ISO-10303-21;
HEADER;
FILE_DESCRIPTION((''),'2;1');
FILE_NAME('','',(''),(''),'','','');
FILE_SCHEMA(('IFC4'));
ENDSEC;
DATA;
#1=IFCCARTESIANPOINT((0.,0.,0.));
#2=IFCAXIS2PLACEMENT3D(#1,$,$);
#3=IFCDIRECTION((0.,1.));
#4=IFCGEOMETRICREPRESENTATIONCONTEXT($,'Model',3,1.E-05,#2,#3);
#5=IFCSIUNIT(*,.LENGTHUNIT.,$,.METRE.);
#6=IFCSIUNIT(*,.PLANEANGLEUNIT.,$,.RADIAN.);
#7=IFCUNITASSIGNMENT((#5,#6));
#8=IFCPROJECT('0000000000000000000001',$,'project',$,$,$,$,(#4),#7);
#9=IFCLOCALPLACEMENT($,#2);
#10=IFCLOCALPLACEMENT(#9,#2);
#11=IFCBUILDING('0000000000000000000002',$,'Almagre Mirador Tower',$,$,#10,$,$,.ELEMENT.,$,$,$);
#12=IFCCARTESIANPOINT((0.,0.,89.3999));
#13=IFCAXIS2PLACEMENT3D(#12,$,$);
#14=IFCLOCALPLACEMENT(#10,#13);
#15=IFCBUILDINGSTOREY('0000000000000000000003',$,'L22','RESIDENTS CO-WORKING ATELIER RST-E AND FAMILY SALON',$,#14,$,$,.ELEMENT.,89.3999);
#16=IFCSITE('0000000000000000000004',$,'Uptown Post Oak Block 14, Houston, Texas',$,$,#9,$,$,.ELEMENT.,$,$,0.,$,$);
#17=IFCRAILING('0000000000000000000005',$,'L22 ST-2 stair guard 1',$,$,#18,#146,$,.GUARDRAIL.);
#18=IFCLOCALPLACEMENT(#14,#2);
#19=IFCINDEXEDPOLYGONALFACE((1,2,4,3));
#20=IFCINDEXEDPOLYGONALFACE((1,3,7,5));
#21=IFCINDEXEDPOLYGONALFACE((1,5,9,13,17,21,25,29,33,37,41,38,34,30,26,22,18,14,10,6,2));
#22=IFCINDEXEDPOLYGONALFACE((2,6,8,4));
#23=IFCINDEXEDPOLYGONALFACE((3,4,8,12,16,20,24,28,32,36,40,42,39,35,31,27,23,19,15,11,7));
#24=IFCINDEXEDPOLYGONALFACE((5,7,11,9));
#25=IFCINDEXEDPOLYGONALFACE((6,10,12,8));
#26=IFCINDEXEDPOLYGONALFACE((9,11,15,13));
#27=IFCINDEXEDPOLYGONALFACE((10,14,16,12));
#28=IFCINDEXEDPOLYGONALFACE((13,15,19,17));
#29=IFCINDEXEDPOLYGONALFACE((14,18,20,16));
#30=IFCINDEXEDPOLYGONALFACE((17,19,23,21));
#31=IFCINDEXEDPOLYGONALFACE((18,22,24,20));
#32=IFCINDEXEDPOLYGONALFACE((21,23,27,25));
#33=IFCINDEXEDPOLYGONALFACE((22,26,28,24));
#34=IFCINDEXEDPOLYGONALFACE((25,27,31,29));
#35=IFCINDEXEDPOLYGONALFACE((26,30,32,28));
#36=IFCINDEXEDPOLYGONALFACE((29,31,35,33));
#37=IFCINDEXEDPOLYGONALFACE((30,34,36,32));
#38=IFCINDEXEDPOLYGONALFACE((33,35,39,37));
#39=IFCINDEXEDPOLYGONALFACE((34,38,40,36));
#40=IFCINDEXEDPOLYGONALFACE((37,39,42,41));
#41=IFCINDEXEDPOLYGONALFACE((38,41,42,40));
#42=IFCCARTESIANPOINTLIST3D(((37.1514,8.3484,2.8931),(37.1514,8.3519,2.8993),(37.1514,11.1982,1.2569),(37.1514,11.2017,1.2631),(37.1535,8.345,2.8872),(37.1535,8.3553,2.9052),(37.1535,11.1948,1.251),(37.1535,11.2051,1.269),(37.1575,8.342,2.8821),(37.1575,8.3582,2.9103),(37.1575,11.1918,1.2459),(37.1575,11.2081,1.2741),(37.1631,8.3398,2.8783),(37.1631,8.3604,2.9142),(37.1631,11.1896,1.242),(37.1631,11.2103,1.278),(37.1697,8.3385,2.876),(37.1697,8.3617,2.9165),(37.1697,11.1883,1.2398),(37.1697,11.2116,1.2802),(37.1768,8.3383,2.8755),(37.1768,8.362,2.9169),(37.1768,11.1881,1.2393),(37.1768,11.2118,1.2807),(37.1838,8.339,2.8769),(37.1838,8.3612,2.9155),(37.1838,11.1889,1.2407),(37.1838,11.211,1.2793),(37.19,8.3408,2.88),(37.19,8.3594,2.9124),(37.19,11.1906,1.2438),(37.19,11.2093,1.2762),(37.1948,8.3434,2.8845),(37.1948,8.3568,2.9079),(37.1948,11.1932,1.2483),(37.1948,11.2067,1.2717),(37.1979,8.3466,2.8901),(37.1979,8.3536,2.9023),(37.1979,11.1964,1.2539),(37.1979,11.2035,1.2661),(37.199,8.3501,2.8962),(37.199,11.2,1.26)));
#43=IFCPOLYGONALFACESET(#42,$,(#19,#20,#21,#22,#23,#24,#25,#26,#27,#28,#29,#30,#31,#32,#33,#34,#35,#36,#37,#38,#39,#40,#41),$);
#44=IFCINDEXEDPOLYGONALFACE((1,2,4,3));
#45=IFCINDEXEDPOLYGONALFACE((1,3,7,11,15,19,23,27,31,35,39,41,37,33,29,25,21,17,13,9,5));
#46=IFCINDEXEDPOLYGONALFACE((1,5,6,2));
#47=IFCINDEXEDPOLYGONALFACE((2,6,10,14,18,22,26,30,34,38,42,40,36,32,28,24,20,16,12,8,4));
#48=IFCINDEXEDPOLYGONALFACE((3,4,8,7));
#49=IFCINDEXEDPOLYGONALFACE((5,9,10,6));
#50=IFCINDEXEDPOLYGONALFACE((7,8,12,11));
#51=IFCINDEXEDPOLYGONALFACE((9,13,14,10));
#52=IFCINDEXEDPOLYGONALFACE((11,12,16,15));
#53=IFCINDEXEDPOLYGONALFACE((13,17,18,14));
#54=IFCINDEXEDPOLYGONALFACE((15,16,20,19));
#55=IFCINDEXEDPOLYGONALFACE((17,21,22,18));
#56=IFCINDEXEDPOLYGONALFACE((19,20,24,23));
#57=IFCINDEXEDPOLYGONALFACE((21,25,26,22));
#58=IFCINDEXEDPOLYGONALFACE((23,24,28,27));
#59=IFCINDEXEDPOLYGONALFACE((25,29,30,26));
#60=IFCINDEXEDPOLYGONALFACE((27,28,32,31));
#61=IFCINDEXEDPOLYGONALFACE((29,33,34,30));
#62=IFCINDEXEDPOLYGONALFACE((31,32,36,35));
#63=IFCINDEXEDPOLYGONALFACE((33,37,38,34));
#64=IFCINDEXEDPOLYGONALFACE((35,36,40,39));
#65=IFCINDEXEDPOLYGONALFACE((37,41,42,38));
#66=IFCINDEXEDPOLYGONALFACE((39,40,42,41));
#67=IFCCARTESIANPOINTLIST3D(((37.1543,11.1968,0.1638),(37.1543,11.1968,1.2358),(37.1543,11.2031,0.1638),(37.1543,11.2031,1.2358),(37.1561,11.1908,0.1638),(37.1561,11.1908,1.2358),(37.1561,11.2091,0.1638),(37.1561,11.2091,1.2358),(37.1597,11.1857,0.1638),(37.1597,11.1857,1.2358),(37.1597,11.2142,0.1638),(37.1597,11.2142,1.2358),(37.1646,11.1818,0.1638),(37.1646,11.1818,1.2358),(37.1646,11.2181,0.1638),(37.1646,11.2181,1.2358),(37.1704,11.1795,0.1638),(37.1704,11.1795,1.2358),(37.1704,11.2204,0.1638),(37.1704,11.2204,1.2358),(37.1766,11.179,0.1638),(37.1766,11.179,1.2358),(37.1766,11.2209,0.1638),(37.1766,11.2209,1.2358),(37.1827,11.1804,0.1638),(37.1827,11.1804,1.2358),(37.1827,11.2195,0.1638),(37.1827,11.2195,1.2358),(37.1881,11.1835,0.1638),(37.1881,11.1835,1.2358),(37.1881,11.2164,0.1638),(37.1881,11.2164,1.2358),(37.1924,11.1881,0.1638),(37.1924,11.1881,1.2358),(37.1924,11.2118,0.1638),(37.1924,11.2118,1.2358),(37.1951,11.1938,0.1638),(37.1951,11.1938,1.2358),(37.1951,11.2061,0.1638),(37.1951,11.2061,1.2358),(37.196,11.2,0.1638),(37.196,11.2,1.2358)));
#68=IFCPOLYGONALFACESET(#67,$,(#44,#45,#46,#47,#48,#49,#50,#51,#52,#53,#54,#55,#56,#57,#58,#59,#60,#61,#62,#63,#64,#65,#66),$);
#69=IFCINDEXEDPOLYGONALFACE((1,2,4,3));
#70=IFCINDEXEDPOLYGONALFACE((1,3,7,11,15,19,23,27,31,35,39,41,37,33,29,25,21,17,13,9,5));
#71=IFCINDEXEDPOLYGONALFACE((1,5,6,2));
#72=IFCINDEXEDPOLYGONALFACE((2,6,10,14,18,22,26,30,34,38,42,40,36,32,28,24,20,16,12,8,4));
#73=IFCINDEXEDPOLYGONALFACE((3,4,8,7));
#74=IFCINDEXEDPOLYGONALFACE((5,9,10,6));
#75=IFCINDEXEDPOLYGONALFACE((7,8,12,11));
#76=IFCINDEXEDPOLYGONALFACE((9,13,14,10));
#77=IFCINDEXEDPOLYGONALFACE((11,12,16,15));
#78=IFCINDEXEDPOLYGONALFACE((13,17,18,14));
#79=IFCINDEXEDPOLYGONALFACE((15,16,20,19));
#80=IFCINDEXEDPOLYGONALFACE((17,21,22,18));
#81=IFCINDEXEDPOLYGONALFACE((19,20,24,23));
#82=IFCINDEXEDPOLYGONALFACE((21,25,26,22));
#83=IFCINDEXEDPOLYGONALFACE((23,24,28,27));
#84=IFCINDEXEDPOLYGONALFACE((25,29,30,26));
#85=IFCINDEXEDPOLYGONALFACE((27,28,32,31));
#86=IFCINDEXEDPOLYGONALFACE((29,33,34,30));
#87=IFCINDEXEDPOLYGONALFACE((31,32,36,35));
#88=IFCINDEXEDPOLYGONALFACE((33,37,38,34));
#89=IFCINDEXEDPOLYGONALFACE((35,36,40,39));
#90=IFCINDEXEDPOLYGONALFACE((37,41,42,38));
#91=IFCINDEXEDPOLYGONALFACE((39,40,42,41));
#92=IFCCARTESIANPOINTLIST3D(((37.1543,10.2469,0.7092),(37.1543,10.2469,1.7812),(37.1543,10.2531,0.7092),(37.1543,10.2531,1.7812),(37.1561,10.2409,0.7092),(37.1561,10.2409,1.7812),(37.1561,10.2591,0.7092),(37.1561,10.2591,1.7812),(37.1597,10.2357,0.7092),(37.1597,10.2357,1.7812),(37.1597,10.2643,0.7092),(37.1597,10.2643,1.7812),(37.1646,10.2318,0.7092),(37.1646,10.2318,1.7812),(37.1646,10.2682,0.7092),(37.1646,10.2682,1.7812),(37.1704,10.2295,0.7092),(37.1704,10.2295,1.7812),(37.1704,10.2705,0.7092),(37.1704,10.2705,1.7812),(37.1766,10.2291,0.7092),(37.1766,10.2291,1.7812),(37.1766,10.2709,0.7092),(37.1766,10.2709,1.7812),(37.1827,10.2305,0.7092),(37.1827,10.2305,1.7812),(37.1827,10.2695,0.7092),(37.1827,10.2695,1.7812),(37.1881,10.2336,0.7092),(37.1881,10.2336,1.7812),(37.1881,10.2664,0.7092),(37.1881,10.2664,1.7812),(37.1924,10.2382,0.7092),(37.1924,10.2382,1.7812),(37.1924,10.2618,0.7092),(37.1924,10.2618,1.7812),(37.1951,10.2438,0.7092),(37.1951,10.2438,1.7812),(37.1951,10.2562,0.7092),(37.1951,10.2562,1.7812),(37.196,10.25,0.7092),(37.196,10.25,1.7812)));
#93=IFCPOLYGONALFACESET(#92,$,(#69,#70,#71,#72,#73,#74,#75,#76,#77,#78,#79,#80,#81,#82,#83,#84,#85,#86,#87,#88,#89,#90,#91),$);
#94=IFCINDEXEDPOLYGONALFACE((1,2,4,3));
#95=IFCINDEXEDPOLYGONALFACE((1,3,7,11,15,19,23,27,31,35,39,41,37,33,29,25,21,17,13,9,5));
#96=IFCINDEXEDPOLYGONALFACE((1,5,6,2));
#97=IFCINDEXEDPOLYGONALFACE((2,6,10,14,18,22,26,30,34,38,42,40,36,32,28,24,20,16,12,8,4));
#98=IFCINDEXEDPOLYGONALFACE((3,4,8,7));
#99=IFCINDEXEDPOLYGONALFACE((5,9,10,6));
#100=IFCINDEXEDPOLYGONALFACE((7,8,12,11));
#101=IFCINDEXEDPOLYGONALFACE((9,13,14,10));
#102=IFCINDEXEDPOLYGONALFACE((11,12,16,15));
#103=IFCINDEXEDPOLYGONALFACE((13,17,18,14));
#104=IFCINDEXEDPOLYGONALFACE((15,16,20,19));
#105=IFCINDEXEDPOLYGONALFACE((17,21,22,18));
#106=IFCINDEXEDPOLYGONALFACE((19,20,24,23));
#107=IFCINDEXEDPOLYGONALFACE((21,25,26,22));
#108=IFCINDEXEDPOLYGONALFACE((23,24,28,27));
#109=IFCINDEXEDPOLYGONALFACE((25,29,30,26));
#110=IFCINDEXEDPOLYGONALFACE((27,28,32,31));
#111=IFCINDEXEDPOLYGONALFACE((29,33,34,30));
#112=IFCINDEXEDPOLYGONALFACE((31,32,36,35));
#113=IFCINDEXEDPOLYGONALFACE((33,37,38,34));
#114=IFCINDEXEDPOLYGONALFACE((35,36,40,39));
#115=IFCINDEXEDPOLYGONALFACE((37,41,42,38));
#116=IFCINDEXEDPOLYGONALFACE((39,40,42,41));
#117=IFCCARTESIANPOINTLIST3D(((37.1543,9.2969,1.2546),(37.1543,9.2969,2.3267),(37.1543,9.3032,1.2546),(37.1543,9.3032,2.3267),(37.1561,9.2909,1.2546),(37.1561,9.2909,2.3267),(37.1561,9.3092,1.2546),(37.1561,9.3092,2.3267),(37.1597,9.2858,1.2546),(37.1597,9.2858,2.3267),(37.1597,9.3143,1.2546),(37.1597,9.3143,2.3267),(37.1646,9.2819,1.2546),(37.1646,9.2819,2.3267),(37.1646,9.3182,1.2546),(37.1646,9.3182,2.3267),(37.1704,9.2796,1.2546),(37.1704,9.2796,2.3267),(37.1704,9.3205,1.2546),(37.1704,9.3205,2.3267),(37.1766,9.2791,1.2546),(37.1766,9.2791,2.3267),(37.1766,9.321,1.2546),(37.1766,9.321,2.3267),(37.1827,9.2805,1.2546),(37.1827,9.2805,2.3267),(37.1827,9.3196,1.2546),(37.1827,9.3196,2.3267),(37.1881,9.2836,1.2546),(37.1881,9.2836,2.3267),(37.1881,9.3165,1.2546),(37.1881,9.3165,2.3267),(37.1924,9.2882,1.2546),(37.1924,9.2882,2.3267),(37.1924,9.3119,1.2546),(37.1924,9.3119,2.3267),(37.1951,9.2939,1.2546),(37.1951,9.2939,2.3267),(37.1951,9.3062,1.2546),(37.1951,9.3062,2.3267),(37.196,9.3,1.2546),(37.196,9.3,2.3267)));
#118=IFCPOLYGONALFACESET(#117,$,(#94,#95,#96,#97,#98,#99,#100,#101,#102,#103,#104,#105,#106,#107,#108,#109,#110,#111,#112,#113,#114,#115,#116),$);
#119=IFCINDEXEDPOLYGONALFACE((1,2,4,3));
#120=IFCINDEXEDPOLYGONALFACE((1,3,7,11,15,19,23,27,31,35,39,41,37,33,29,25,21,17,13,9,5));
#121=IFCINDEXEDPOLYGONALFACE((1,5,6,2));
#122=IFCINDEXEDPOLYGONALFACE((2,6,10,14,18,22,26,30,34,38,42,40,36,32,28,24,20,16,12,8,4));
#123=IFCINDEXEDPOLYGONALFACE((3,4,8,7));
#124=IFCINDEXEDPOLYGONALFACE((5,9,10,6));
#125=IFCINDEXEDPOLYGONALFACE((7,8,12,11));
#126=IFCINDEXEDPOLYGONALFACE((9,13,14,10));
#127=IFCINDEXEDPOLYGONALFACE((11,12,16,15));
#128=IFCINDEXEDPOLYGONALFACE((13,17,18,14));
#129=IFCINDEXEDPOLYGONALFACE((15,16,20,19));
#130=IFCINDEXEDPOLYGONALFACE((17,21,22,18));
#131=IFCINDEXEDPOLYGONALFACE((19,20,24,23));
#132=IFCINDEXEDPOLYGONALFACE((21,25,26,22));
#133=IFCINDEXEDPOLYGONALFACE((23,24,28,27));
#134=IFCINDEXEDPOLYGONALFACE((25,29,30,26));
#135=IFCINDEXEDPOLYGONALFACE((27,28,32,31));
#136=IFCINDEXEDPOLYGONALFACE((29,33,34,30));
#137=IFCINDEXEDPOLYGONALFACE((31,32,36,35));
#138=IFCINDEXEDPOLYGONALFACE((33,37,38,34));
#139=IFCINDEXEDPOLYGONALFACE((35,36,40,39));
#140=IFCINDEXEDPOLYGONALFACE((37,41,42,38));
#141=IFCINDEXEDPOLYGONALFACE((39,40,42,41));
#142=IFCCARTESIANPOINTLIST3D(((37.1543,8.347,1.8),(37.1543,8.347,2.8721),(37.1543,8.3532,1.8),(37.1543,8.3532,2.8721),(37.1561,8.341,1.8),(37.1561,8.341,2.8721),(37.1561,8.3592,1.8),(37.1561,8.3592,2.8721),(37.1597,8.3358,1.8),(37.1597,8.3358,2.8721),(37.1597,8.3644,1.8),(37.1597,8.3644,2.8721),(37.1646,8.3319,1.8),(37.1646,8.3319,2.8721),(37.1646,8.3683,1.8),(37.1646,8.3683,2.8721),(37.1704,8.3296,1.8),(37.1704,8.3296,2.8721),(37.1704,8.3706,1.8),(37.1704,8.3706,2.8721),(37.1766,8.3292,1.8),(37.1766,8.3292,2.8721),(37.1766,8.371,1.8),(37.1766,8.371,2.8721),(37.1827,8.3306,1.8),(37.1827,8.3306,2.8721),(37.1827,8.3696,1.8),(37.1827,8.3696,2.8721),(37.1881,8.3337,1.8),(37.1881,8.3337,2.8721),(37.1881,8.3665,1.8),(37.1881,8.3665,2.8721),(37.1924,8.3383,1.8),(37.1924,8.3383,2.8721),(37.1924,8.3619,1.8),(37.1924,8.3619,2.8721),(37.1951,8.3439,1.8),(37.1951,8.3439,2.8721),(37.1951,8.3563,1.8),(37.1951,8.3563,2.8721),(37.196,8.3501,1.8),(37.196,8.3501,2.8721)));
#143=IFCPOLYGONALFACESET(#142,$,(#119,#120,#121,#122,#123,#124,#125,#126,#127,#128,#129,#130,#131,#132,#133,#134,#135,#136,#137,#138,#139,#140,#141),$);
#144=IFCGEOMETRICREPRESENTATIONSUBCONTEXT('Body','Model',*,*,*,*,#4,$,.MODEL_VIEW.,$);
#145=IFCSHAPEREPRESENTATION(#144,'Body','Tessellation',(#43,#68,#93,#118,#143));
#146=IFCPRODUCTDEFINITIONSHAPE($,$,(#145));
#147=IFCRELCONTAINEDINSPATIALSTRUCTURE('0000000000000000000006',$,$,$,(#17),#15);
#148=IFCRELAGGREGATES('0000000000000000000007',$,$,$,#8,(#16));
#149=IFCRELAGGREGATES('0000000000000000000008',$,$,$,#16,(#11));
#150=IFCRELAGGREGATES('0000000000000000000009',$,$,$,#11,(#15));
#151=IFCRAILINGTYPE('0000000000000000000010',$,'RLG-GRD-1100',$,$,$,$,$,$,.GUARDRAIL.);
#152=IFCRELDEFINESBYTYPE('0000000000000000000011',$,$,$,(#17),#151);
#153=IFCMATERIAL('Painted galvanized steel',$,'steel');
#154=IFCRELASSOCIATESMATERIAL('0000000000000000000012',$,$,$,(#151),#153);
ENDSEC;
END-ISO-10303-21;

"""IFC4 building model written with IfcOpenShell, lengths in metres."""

from ifc_helpers import new_model, si_unit, direction, frame, origin, origin_2d, place, context, subcontext, project, spatial, circle, extrude, material, type_object, element, save


model = new_model("IFC4")

# Units and contexts
model_context = context("Model", 3, precision=1e-05, world=origin(), true_north=direction((0.0, 1.0)))
body_context = subcontext(model_context, "Body", "Model", "MODEL_VIEW")
ifc_project = project(units=[si_unit("LENGTHUNIT", "METRE"), si_unit("PLANEANGLEUNIT", "RADIAN")], contexts=[model_context])

# Site, building, storey
site_placement = place(None, origin())
site = spatial("IfcSite", under=ifc_project, at=site_placement, Name="Uptown Post Oak Block 14, Houston, Texas", CompositionType="ELEMENT", RefElevation=0.0)
building_placement = place(site_placement, origin())
building = spatial("IfcBuilding", under=site, at=building_placement, Name="Almagre Mirador Tower", CompositionType="ELEMENT")
storey_placement = place(building_placement, frame((0.0, 0.0, 89.3999)))
storey = spatial("IfcBuildingStorey", under=building, at=storey_placement, Name="L22", Description="RESIDENTS CO-WORKING ATELIER RST-E AND FAMILY SALON", CompositionType="ELEMENT", Elevation=89.3999)

# Railing
ifc_material_1 = material(Name="Painted galvanized steel", Category="steel")
railing_type_1 = type_object("IfcRailingType", Name="RLG-GRD-1100", PredefinedType="GUARDRAIL", material=ifc_material_1)
railing_1_placement = place(storey_placement, frame((37.175, 11.2, 0.1638)))
element("IfcRailing", 1, at=railing_1_placement, inside=storey, type_object=railing_type_1, Name="L22 ST-2 stair guard 1", PredefinedType="GUARDRAIL", context=body_context, shape_type="SweptSolid", body=[
    extrude(circle(Radius=0.0239, at=origin_2d()), frame((0.0, 0.0, 1.0962), z_axis=(0.0, -0.867226, 0.497914), x_axis=(1.0, 0.0, 0.0)), (0.0, 0.0, 1.0), 3.2861),
    extrude(circle(Radius=0.021, at=origin_2d()), origin(), (0.0, 0.0, 1.0), 1.072),
    extrude(circle(Radius=0.021, at=origin_2d()), frame((0.0, -0.95, 0.5454)), (0.0, 0.0, 1.0), 1.072),
    extrude(circle(Radius=0.021, at=origin_2d()), frame((0.0, -1.8999, 1.0908)), (0.0, 0.0, 1.0), 1.072),
    extrude(circle(Radius=0.021, at=origin_2d()), frame((0.0, -2.8499, 1.6362)), (0.0, 0.0, 1.0), 1.072),
])

save(model, "model.ifc")
